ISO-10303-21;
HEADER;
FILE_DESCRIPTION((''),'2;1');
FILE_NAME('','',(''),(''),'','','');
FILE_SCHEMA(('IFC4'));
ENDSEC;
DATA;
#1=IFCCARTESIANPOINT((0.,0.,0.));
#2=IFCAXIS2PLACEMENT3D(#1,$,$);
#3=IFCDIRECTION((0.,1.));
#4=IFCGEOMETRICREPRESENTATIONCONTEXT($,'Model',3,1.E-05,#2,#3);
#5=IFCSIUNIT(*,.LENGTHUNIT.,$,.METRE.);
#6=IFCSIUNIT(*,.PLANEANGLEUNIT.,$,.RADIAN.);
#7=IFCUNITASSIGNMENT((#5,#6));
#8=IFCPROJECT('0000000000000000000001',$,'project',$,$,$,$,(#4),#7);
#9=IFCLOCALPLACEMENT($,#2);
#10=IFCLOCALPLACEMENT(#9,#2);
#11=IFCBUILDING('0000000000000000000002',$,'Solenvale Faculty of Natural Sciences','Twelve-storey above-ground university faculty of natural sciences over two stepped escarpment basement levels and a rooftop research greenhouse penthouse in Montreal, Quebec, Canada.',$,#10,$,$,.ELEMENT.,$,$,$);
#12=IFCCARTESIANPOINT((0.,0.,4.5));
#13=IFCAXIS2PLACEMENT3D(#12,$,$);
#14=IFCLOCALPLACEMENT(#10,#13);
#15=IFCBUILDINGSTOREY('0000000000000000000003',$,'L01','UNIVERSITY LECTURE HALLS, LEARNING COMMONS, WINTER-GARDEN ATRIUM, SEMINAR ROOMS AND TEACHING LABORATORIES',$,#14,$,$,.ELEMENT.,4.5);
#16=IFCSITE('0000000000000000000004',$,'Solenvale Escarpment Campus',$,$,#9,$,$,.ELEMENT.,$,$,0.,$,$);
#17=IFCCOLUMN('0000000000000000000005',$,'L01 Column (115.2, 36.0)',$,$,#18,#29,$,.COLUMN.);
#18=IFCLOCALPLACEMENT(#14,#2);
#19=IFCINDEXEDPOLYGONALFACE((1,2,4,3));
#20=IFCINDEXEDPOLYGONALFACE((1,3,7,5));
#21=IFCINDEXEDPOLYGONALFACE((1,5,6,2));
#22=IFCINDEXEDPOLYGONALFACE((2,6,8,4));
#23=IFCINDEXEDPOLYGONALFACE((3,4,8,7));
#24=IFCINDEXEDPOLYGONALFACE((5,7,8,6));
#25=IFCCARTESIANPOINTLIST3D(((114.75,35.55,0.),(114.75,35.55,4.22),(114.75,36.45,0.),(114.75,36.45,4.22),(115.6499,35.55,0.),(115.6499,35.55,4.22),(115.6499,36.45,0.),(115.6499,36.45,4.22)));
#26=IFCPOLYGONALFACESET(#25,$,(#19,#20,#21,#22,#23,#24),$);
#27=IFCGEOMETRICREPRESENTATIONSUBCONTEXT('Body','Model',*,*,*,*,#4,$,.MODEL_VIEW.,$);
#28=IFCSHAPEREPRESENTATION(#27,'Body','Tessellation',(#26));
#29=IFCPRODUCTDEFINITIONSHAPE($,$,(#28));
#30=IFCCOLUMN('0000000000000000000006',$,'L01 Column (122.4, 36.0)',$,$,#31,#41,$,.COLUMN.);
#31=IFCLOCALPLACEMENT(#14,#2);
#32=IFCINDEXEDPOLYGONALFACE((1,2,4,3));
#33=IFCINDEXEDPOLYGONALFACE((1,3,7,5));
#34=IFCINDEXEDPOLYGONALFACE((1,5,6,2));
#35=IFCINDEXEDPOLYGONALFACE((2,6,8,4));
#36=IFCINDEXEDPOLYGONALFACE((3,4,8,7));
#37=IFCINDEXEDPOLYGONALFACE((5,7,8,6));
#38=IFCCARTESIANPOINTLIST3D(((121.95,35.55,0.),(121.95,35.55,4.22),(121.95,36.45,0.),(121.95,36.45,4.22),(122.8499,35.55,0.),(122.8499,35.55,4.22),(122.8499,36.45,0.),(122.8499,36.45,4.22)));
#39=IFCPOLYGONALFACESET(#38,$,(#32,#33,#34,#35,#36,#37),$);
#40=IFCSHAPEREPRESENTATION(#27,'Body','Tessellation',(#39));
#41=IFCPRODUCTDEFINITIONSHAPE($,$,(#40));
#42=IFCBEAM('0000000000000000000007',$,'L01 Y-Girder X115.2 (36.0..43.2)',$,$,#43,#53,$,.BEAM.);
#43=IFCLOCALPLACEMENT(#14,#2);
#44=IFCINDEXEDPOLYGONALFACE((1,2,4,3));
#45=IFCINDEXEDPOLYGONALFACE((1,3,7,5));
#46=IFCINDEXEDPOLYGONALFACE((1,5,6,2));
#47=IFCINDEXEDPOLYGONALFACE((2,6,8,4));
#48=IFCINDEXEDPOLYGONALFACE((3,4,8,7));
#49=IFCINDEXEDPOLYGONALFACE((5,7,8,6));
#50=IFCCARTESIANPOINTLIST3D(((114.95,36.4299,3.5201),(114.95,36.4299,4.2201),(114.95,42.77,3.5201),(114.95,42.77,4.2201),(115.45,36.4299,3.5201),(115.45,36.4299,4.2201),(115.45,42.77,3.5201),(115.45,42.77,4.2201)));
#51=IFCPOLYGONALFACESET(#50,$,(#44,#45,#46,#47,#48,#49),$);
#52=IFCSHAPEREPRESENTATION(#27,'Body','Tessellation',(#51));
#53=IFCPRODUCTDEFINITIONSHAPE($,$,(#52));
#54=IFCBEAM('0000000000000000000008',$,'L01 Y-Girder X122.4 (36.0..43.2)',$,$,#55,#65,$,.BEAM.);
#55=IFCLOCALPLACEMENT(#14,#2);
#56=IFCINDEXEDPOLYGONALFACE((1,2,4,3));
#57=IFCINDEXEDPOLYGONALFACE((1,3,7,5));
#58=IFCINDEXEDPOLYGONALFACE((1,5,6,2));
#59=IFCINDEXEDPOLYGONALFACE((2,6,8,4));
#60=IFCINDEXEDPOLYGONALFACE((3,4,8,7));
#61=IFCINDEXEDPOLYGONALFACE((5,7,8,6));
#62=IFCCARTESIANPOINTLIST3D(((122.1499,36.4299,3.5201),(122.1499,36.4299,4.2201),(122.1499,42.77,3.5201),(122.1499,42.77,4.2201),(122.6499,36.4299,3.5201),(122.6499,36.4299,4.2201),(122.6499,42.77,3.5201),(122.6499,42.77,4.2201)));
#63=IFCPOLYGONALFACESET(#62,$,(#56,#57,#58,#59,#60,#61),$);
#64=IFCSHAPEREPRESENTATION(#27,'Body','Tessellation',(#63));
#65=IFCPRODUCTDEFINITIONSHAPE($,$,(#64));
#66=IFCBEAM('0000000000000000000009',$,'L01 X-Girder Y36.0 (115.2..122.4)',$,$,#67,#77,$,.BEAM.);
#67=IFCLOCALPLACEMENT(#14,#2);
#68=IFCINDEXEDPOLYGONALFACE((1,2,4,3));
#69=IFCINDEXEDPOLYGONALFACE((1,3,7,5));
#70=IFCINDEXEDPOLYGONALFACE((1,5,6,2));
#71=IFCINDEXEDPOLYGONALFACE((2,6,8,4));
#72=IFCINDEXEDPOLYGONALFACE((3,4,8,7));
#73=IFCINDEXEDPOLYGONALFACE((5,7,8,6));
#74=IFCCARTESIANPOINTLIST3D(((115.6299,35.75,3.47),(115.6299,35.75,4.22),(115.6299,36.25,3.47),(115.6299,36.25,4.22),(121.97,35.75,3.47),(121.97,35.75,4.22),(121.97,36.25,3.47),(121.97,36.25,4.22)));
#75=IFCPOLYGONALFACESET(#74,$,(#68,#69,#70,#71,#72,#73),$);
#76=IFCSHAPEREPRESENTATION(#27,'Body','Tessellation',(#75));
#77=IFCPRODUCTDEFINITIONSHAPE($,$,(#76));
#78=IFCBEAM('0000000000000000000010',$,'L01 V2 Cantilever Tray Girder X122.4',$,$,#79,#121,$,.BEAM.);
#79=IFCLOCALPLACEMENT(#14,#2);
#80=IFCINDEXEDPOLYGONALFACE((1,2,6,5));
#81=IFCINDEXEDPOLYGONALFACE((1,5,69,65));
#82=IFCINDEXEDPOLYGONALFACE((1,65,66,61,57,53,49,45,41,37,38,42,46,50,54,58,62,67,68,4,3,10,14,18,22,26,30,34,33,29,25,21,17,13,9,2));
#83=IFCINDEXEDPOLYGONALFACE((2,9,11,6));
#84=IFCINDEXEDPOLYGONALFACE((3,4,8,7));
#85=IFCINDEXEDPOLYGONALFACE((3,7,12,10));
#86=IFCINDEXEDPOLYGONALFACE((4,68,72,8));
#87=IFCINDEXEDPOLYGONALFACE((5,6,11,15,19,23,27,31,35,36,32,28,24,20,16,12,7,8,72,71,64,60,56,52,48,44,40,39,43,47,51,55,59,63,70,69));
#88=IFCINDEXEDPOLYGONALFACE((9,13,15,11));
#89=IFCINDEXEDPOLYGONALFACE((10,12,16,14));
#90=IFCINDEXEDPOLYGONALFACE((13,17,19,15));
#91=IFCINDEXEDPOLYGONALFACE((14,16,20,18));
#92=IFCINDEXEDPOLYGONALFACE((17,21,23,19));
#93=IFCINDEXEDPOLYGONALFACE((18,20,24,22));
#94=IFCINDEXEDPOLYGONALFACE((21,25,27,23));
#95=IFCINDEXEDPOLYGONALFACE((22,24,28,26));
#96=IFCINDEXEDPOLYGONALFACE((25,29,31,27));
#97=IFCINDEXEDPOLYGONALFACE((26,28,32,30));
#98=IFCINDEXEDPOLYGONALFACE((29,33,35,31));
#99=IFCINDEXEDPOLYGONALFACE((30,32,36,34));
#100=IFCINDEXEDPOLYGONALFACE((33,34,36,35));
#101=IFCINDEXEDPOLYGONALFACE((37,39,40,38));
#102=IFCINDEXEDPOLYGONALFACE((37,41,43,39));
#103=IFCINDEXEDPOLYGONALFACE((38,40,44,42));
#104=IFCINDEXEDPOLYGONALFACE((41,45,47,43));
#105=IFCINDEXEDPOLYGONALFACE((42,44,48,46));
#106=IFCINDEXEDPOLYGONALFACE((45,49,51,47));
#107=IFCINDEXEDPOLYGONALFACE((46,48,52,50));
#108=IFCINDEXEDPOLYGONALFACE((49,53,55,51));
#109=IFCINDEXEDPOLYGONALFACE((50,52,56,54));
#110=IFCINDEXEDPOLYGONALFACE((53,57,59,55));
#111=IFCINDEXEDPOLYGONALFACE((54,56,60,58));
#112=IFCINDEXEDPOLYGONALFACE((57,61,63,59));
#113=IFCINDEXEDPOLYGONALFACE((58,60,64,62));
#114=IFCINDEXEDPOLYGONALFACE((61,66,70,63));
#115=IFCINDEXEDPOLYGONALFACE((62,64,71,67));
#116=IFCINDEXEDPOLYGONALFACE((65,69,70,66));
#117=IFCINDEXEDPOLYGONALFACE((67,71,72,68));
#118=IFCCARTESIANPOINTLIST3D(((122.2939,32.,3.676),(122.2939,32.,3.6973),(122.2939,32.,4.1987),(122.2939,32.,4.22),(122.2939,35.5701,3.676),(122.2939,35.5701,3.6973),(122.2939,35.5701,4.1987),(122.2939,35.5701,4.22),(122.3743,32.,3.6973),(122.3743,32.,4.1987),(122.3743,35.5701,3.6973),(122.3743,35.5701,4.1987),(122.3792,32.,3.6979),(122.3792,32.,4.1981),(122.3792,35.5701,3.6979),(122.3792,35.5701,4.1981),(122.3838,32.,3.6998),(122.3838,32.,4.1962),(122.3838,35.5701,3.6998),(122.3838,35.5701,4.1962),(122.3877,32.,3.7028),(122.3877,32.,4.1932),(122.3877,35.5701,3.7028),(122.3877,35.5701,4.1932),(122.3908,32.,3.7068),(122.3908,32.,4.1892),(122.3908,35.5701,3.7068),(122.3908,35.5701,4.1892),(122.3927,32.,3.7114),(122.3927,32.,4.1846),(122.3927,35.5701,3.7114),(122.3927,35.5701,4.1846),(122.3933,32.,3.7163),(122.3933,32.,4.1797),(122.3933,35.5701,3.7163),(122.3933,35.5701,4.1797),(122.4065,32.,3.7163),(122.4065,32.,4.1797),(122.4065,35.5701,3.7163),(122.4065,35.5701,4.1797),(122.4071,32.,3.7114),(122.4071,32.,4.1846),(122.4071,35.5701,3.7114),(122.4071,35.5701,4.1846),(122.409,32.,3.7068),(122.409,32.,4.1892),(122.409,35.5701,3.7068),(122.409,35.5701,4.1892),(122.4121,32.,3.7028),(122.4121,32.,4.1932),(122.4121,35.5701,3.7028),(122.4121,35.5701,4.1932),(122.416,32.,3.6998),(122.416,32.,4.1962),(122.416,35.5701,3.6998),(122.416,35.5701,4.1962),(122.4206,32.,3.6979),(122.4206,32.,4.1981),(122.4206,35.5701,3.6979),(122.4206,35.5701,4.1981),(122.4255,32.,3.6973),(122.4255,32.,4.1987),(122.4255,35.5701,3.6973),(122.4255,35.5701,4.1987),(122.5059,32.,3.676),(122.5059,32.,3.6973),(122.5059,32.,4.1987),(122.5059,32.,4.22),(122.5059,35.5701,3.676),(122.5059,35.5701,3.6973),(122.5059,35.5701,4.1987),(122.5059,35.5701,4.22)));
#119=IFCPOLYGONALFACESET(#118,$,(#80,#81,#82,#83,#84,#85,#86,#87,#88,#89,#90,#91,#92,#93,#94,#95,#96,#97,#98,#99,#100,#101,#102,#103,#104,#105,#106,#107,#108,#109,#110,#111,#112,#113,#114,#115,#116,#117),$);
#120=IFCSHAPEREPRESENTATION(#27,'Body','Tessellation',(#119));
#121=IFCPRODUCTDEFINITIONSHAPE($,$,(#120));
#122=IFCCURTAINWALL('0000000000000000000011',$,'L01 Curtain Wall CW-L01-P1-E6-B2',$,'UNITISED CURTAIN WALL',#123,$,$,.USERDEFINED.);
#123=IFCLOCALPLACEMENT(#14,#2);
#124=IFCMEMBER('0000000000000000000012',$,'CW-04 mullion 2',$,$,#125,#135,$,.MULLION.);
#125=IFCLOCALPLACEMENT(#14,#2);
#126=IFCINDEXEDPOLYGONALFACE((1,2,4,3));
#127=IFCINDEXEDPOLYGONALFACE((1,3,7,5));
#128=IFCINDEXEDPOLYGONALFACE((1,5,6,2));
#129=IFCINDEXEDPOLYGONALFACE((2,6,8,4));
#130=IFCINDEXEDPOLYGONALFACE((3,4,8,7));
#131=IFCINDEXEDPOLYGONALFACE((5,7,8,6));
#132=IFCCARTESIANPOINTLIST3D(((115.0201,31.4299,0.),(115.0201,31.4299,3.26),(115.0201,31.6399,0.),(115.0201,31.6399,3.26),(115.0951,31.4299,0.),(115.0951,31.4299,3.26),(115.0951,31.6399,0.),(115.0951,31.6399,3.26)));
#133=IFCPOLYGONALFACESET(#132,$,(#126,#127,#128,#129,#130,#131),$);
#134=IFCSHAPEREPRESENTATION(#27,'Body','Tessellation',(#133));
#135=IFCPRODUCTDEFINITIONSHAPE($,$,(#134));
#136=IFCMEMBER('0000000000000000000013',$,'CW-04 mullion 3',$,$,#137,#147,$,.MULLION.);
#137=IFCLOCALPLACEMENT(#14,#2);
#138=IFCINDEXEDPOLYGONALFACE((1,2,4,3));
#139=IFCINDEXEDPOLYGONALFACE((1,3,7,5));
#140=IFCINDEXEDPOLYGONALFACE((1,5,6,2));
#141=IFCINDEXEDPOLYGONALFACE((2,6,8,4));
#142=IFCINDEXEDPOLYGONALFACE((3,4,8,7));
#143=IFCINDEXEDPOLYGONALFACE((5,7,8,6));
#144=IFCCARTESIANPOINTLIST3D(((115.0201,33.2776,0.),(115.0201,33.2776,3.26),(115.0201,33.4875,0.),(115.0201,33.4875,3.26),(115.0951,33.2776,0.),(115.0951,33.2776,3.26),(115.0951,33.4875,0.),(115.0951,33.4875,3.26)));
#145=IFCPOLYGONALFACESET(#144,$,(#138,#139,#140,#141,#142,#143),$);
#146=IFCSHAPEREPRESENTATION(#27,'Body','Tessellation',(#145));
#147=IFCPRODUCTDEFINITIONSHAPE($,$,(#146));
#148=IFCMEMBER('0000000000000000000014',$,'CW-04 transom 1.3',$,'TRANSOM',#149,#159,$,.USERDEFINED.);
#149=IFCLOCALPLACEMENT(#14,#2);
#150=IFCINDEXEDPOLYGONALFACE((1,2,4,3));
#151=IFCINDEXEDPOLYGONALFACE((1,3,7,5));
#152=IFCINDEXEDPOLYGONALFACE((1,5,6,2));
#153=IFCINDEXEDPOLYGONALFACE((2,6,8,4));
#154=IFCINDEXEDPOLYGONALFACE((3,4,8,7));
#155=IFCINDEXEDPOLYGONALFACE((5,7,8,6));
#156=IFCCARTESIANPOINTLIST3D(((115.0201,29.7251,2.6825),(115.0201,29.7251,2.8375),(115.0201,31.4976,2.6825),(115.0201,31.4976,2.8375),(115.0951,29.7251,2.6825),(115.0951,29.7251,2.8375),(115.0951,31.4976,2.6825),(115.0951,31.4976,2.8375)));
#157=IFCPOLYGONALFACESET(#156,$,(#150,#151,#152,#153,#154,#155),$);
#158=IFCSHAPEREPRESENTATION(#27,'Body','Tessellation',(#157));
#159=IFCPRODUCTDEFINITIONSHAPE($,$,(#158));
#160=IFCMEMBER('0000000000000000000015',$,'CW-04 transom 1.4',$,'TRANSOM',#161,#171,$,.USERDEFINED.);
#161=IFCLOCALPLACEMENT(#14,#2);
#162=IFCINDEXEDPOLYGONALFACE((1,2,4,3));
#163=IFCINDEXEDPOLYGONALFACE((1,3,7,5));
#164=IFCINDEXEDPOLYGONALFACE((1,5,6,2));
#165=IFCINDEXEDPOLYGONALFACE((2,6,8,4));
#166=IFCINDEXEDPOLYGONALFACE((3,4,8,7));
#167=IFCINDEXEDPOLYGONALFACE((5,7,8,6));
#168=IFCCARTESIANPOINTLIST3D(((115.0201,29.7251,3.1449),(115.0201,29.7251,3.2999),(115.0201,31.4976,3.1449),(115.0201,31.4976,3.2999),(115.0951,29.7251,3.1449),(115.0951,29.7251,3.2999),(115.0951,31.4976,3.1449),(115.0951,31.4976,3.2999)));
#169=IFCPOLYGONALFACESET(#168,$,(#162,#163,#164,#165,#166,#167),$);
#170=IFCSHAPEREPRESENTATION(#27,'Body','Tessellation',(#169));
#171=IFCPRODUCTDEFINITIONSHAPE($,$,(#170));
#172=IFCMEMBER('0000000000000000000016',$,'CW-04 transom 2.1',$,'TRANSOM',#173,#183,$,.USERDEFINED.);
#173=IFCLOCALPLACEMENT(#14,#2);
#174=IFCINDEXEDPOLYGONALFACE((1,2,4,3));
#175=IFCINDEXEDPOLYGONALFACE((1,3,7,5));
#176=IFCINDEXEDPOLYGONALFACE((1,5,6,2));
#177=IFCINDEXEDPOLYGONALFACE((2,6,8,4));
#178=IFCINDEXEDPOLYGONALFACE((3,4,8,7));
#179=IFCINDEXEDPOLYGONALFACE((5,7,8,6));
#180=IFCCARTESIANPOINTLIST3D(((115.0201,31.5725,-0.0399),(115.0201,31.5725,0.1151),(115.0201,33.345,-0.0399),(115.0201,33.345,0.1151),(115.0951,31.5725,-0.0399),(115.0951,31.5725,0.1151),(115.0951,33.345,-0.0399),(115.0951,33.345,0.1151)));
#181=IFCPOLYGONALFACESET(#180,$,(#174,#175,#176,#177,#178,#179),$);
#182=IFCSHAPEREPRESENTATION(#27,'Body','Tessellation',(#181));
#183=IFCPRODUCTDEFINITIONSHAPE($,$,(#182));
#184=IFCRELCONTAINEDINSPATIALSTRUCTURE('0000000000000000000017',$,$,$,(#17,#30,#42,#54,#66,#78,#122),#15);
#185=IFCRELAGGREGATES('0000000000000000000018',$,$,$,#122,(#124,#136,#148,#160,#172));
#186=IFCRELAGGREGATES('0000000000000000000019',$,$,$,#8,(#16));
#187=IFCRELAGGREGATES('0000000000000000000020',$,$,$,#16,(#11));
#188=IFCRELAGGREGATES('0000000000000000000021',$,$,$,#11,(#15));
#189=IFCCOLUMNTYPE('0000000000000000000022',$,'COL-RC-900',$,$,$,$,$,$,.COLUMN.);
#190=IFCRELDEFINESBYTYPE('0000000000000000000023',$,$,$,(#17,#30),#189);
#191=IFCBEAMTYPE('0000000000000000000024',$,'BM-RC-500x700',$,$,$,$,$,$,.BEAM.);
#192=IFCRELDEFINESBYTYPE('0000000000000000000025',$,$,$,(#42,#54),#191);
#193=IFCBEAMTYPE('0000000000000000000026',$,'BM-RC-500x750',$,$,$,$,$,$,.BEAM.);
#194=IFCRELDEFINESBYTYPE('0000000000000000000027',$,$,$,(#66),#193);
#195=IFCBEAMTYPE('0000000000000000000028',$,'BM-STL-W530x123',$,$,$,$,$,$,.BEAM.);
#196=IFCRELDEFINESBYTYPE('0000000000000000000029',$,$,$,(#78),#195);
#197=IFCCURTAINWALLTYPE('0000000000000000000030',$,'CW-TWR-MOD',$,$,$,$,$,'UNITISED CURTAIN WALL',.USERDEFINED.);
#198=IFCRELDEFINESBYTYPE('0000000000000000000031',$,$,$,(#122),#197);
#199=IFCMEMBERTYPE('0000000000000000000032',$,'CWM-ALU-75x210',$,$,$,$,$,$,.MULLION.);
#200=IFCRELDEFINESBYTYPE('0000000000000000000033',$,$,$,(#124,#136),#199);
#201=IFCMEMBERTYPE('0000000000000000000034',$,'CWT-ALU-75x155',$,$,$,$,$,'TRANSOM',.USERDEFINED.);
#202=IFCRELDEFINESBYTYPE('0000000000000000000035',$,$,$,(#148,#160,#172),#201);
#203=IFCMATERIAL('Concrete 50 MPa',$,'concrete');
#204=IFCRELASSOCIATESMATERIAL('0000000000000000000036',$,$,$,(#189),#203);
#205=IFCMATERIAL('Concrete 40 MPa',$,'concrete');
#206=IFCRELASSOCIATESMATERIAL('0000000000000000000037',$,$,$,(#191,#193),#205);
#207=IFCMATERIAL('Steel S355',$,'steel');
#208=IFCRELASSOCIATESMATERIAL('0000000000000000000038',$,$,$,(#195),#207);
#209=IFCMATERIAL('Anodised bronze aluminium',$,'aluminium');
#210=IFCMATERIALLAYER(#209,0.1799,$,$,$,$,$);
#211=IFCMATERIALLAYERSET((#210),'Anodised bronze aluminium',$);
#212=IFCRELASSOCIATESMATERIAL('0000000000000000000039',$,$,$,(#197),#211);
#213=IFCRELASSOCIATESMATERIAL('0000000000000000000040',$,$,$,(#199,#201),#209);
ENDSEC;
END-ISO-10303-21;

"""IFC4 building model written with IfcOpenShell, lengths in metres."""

from ifc_helpers import new_model, si_unit, direction, frame, origin, origin_2d, place, context, subcontext, project, spatial, rectangle, i_section, extrude, material, layer, layer_set, material_profile, profile_set, type_object, element, aggregate, save


model = new_model("IFC4")

# Units and contexts
model_context = context("Model", 3, precision=1e-05, world=origin(), true_north=direction((0.0, 1.0)))
body_context = subcontext(model_context, "Body", "Model", "MODEL_VIEW")
ifc_project = project(units=[si_unit("LENGTHUNIT", "METRE"), si_unit("PLANEANGLEUNIT", "RADIAN")], contexts=[model_context])

# Site, building, storey
site_placement = place(None, origin())
site = spatial("IfcSite", under=ifc_project, at=site_placement, Name="Solenvale Escarpment Campus", CompositionType="ELEMENT", RefElevation=0.0)
building_placement = place(site_placement, origin())
building = spatial("IfcBuilding", under=site, at=building_placement, Name="Solenvale Faculty of Natural Sciences", Description="Twelve-storey above-ground university faculty of natural sciences over two stepped escarpment basement levels and a rooftop research greenhouse penthouse in Montreal, Quebec, Canada.", CompositionType="ELEMENT")
storey_placement = place(building_placement, frame((0.0, 0.0, 4.5)))
storey = spatial("IfcBuildingStorey", under=building, at=storey_placement, Name="L01", Description="UNIVERSITY LECTURE HALLS, LEARNING COMMONS, WINTER-GARDEN ATRIUM, SEMINAR ROOMS AND TEACHING LABORATORIES", CompositionType="ELEMENT", Elevation=4.5)

# Columns
ifc_material_1 = material(Name="Concrete 50 MPa", Category="concrete")
ifc_material_profile_1 = material_profile(ifc_material_1, rectangle(XDim=0.8999, YDim=0.8999, at=origin_2d()), Name="RC-COL-900x900")
ifc_profile_set_1 = profile_set([ifc_material_profile_1], Name="Concrete 50 MPa")
column_type = type_object("IfcColumnType", Name="COL-RC-900", PredefinedType="COLUMN", material=ifc_profile_set_1)
for number, where, z_axis, x_axis, name in (
    (1, (115.2, 36.0, 0.0), (0.0, 0.0, 1.0), (1.0, 0.0, 0.0), "L01 Column (115.2, 36.0)"),
    (2, (122.3999, 36.0, 0.0), (0.0, 0.0, 1.0), (1.0, 0.0, 0.0), "L01 Column (122.4, 36.0)"),
):
    element("IfcColumn", number, at=place(storey_placement, frame(where, z_axis=z_axis, x_axis=x_axis)), inside=storey, type_object=column_type, Name=name, PredefinedType="COLUMN", context=body_context, shape_type="SweptSolid", body=[
        extrude(rectangle(XDim=0.8999, YDim=0.8999, at=origin_2d()), origin(), (0.0, 0.0, 1.0), 4.22),
    ])

# Beams
ifc_material_2 = material(Name="Concrete 40 MPa", Category="concrete")
ifc_material_profile_2 = material_profile(ifc_material_2, rectangle(XDim=0.5, YDim=0.7, at=origin_2d()), Name="RC-BM-500x700")
ifc_profile_set_2 = profile_set([ifc_material_profile_2], Name="Concrete 40 MPa")
beam_type_1 = type_object("IfcBeamType", Name="BM-RC-500x700", PredefinedType="BEAM", material=ifc_profile_set_2)
for number, where, z_axis, x_axis, name in (
    (3, (115.2, 36.4299, 3.8701), (0.0, 1.0, 0.0), (-1.0, 0.0, 0.0), "L01 Y-Girder X115.2 (36.0..43.2)"),
    (4, (122.3999, 36.4299, 3.8701), (0.0, 1.0, 0.0), (-1.0, 0.0, 0.0), "L01 Y-Girder X122.4 (36.0..43.2)"),
):
    element("IfcBeam", number, at=place(storey_placement, frame(where, z_axis=z_axis, x_axis=x_axis)), inside=storey, type_object=beam_type_1, Name=name, PredefinedType="BEAM", context=body_context, shape_type="SweptSolid", body=[
        extrude(rectangle(XDim=0.5, YDim=0.7, at=origin_2d()), origin(), (0.0, 0.0, 1.0), 6.3401),
    ])
ifc_material_profile_3 = material_profile(ifc_material_2, rectangle(XDim=0.5, YDim=0.75, at=origin_2d()), Name="RC-BM-500x750")
ifc_profile_set_3 = profile_set([ifc_material_profile_3], Name="Concrete 40 MPa")
beam_type_2 = type_object("IfcBeamType", Name="BM-RC-500x750", PredefinedType="BEAM", material=ifc_profile_set_3)
beam_1_placement = place(storey_placement, frame((115.6299, 36.0, 3.845), z_axis=(1.0, 0.0, 0.0), x_axis=(0.0, 1.0, 0.0)))
element("IfcBeam", 5, at=beam_1_placement, inside=storey, type_object=beam_type_2, Name="L01 X-Girder Y36.0 (115.2..122.4)", PredefinedType="BEAM", context=body_context, shape_type="SweptSolid", body=[
    extrude(rectangle(XDim=0.5, YDim=0.75, at=origin_2d()), origin(), (0.0, 0.0, 1.0), 6.3401),
])
ifc_material_3 = material(Name="Steel S355", Category="steel")
ifc_material_profile_4 = material_profile(ifc_material_3, i_section(OverallWidth=0.2119, OverallDepth=0.5439, WebThickness=0.0132, FlangeThickness=0.0212, FilletRadius=0.019, at=origin_2d()), Name="W530x123")
ifc_profile_set_4 = profile_set([ifc_material_profile_4], Name="Steel S355")
beam_type_3 = type_object("IfcBeamType", Name="BM-STL-W530x123", PredefinedType="BEAM", material=ifc_profile_set_4)
beam_2_placement = place(storey_placement, frame((122.3999, 35.5701, 3.948), z_axis=(0.0, -1.0, 0.0), x_axis=(1.0, 0.0, 0.0)))
element("IfcBeam", 6, at=beam_2_placement, inside=storey, type_object=beam_type_3, Name="L01 V2 Cantilever Tray Girder X122.4", PredefinedType="BEAM", context=body_context, shape_type="SweptSolid", body=[
    extrude(i_section(OverallWidth=0.2119, OverallDepth=0.5439, WebThickness=0.0132, FlangeThickness=0.0212, FilletRadius=0.019, at=origin_2d()), origin(), (0.0, 0.0, 1.0), 3.5701),
])

# Curtain wall, members
ifc_material_4 = material(Name="Anodised bronze aluminium", Category="aluminium")
ifc_layer_1 = layer(ifc_material_4, 0.1799)
ifc_layer_set_1 = layer_set([ifc_layer_1], Name="Anodised bronze aluminium")
curtain_wall_type = type_object("IfcCurtainWallType", Name="CW-TWR-MOD", ElementType="UNITISED CURTAIN WALL", PredefinedType="USERDEFINED", material=ifc_layer_set_1)
curtain_wall_placement = place(storey_placement, origin())
curtain_wall = element("IfcCurtainWall", 7, at=curtain_wall_placement, inside=storey, type_object=curtain_wall_type, Name="L01 Curtain Wall CW-L01-P1-E6-B2", ObjectType="UNITISED CURTAIN WALL", PredefinedType="USERDEFINED")
ifc_material_profile_5 = material_profile(ifc_material_4, rectangle(XDim=0.075, YDim=0.21, at=origin_2d()), Name="ALU-MUL-75x210")
ifc_profile_set_5 = profile_set([ifc_material_profile_5], Name="Anodised bronze aluminium")
member_type_1 = type_object("IfcMemberType", Name="CWM-ALU-75x210", PredefinedType="MULLION", material=ifc_profile_set_5)
member_1_placement = place(storey_placement, frame((115.0576, 31.5349, 0.0), z_axis=(0.0, 0.0, 1.0), x_axis=(-1.0, 0.0, 0.0)))
member_1 = element("IfcMember", 8, at=member_1_placement, type_object=member_type_1, Name="CW-04 mullion 2", PredefinedType="MULLION", context=body_context, shape_type="SweptSolid", body=[
    extrude(rectangle(XDim=0.075, YDim=0.21, at=origin_2d()), origin(), (0.0, 0.0, 1.0), 3.26),
])
member_2_placement = place(storey_placement, frame((115.0576, 33.3826, 0.0), z_axis=(0.0, 0.0, 1.0), x_axis=(-1.0, 0.0, 0.0)))
member_2 = element("IfcMember", 9, at=member_2_placement, type_object=member_type_1, Name="CW-04 mullion 3", PredefinedType="MULLION", context=body_context, shape_type="SweptSolid", body=[
    extrude(rectangle(XDim=0.075, YDim=0.21, at=origin_2d()), origin(), (0.0, 0.0, 1.0), 3.26),
])
ifc_material_profile_6 = material_profile(ifc_material_4, rectangle(XDim=0.075, YDim=0.155, at=origin_2d()), Name="ALU-TRN-75x155")
ifc_profile_set_6 = profile_set([ifc_material_profile_6], Name="Anodised bronze aluminium")
member_type_2 = type_object("IfcMemberType", Name="CWT-ALU-75x155", ElementType="TRANSOM", PredefinedType="USERDEFINED", material=ifc_profile_set_6)
member_3_placement = place(storey_placement, frame((115.0576, 29.7251, 2.76), z_axis=(0.0, 1.0, 0.0), x_axis=(-1.0, 0.0, 0.0)))
member_3 = element("IfcMember", 10, at=member_3_placement, type_object=member_type_2, Name="CW-04 transom 1.3", ObjectType="TRANSOM", PredefinedType="USERDEFINED", context=body_context, shape_type="SweptSolid", body=[
    extrude(rectangle(XDim=0.075, YDim=0.155, at=origin_2d()), origin(), (0.0, 0.0, 1.0), 1.7725),
])
member_4_placement = place(storey_placement, frame((115.0576, 29.7251, 3.2224), z_axis=(0.0, 1.0, 0.0), x_axis=(-1.0, 0.0, 0.0)))
member_4 = element("IfcMember", 11, at=member_4_placement, type_object=member_type_2, Name="CW-04 transom 1.4", ObjectType="TRANSOM", PredefinedType="USERDEFINED", context=body_context, shape_type="SweptSolid", body=[
    extrude(rectangle(XDim=0.075, YDim=0.155, at=origin_2d()), origin(), (0.0, 0.0, 1.0), 1.7725),
])
member_5_placement = place(storey_placement, frame((115.0576, 31.5725, 0.0376), z_axis=(0.0, 1.0, 0.0), x_axis=(-1.0, 0.0, 0.0)))
member_5 = element("IfcMember", 12, at=member_5_placement, type_object=member_type_2, Name="CW-04 transom 2.1", ObjectType="TRANSOM", PredefinedType="USERDEFINED", context=body_context, shape_type="SweptSolid", body=[
    extrude(rectangle(XDim=0.075, YDim=0.155, at=origin_2d()), origin(), (0.0, 0.0, 1.0), 1.7725),
])
aggregate(curtain_wall, [member_1, member_2, member_3, member_4, member_5])

save(model, "model.ifc")
